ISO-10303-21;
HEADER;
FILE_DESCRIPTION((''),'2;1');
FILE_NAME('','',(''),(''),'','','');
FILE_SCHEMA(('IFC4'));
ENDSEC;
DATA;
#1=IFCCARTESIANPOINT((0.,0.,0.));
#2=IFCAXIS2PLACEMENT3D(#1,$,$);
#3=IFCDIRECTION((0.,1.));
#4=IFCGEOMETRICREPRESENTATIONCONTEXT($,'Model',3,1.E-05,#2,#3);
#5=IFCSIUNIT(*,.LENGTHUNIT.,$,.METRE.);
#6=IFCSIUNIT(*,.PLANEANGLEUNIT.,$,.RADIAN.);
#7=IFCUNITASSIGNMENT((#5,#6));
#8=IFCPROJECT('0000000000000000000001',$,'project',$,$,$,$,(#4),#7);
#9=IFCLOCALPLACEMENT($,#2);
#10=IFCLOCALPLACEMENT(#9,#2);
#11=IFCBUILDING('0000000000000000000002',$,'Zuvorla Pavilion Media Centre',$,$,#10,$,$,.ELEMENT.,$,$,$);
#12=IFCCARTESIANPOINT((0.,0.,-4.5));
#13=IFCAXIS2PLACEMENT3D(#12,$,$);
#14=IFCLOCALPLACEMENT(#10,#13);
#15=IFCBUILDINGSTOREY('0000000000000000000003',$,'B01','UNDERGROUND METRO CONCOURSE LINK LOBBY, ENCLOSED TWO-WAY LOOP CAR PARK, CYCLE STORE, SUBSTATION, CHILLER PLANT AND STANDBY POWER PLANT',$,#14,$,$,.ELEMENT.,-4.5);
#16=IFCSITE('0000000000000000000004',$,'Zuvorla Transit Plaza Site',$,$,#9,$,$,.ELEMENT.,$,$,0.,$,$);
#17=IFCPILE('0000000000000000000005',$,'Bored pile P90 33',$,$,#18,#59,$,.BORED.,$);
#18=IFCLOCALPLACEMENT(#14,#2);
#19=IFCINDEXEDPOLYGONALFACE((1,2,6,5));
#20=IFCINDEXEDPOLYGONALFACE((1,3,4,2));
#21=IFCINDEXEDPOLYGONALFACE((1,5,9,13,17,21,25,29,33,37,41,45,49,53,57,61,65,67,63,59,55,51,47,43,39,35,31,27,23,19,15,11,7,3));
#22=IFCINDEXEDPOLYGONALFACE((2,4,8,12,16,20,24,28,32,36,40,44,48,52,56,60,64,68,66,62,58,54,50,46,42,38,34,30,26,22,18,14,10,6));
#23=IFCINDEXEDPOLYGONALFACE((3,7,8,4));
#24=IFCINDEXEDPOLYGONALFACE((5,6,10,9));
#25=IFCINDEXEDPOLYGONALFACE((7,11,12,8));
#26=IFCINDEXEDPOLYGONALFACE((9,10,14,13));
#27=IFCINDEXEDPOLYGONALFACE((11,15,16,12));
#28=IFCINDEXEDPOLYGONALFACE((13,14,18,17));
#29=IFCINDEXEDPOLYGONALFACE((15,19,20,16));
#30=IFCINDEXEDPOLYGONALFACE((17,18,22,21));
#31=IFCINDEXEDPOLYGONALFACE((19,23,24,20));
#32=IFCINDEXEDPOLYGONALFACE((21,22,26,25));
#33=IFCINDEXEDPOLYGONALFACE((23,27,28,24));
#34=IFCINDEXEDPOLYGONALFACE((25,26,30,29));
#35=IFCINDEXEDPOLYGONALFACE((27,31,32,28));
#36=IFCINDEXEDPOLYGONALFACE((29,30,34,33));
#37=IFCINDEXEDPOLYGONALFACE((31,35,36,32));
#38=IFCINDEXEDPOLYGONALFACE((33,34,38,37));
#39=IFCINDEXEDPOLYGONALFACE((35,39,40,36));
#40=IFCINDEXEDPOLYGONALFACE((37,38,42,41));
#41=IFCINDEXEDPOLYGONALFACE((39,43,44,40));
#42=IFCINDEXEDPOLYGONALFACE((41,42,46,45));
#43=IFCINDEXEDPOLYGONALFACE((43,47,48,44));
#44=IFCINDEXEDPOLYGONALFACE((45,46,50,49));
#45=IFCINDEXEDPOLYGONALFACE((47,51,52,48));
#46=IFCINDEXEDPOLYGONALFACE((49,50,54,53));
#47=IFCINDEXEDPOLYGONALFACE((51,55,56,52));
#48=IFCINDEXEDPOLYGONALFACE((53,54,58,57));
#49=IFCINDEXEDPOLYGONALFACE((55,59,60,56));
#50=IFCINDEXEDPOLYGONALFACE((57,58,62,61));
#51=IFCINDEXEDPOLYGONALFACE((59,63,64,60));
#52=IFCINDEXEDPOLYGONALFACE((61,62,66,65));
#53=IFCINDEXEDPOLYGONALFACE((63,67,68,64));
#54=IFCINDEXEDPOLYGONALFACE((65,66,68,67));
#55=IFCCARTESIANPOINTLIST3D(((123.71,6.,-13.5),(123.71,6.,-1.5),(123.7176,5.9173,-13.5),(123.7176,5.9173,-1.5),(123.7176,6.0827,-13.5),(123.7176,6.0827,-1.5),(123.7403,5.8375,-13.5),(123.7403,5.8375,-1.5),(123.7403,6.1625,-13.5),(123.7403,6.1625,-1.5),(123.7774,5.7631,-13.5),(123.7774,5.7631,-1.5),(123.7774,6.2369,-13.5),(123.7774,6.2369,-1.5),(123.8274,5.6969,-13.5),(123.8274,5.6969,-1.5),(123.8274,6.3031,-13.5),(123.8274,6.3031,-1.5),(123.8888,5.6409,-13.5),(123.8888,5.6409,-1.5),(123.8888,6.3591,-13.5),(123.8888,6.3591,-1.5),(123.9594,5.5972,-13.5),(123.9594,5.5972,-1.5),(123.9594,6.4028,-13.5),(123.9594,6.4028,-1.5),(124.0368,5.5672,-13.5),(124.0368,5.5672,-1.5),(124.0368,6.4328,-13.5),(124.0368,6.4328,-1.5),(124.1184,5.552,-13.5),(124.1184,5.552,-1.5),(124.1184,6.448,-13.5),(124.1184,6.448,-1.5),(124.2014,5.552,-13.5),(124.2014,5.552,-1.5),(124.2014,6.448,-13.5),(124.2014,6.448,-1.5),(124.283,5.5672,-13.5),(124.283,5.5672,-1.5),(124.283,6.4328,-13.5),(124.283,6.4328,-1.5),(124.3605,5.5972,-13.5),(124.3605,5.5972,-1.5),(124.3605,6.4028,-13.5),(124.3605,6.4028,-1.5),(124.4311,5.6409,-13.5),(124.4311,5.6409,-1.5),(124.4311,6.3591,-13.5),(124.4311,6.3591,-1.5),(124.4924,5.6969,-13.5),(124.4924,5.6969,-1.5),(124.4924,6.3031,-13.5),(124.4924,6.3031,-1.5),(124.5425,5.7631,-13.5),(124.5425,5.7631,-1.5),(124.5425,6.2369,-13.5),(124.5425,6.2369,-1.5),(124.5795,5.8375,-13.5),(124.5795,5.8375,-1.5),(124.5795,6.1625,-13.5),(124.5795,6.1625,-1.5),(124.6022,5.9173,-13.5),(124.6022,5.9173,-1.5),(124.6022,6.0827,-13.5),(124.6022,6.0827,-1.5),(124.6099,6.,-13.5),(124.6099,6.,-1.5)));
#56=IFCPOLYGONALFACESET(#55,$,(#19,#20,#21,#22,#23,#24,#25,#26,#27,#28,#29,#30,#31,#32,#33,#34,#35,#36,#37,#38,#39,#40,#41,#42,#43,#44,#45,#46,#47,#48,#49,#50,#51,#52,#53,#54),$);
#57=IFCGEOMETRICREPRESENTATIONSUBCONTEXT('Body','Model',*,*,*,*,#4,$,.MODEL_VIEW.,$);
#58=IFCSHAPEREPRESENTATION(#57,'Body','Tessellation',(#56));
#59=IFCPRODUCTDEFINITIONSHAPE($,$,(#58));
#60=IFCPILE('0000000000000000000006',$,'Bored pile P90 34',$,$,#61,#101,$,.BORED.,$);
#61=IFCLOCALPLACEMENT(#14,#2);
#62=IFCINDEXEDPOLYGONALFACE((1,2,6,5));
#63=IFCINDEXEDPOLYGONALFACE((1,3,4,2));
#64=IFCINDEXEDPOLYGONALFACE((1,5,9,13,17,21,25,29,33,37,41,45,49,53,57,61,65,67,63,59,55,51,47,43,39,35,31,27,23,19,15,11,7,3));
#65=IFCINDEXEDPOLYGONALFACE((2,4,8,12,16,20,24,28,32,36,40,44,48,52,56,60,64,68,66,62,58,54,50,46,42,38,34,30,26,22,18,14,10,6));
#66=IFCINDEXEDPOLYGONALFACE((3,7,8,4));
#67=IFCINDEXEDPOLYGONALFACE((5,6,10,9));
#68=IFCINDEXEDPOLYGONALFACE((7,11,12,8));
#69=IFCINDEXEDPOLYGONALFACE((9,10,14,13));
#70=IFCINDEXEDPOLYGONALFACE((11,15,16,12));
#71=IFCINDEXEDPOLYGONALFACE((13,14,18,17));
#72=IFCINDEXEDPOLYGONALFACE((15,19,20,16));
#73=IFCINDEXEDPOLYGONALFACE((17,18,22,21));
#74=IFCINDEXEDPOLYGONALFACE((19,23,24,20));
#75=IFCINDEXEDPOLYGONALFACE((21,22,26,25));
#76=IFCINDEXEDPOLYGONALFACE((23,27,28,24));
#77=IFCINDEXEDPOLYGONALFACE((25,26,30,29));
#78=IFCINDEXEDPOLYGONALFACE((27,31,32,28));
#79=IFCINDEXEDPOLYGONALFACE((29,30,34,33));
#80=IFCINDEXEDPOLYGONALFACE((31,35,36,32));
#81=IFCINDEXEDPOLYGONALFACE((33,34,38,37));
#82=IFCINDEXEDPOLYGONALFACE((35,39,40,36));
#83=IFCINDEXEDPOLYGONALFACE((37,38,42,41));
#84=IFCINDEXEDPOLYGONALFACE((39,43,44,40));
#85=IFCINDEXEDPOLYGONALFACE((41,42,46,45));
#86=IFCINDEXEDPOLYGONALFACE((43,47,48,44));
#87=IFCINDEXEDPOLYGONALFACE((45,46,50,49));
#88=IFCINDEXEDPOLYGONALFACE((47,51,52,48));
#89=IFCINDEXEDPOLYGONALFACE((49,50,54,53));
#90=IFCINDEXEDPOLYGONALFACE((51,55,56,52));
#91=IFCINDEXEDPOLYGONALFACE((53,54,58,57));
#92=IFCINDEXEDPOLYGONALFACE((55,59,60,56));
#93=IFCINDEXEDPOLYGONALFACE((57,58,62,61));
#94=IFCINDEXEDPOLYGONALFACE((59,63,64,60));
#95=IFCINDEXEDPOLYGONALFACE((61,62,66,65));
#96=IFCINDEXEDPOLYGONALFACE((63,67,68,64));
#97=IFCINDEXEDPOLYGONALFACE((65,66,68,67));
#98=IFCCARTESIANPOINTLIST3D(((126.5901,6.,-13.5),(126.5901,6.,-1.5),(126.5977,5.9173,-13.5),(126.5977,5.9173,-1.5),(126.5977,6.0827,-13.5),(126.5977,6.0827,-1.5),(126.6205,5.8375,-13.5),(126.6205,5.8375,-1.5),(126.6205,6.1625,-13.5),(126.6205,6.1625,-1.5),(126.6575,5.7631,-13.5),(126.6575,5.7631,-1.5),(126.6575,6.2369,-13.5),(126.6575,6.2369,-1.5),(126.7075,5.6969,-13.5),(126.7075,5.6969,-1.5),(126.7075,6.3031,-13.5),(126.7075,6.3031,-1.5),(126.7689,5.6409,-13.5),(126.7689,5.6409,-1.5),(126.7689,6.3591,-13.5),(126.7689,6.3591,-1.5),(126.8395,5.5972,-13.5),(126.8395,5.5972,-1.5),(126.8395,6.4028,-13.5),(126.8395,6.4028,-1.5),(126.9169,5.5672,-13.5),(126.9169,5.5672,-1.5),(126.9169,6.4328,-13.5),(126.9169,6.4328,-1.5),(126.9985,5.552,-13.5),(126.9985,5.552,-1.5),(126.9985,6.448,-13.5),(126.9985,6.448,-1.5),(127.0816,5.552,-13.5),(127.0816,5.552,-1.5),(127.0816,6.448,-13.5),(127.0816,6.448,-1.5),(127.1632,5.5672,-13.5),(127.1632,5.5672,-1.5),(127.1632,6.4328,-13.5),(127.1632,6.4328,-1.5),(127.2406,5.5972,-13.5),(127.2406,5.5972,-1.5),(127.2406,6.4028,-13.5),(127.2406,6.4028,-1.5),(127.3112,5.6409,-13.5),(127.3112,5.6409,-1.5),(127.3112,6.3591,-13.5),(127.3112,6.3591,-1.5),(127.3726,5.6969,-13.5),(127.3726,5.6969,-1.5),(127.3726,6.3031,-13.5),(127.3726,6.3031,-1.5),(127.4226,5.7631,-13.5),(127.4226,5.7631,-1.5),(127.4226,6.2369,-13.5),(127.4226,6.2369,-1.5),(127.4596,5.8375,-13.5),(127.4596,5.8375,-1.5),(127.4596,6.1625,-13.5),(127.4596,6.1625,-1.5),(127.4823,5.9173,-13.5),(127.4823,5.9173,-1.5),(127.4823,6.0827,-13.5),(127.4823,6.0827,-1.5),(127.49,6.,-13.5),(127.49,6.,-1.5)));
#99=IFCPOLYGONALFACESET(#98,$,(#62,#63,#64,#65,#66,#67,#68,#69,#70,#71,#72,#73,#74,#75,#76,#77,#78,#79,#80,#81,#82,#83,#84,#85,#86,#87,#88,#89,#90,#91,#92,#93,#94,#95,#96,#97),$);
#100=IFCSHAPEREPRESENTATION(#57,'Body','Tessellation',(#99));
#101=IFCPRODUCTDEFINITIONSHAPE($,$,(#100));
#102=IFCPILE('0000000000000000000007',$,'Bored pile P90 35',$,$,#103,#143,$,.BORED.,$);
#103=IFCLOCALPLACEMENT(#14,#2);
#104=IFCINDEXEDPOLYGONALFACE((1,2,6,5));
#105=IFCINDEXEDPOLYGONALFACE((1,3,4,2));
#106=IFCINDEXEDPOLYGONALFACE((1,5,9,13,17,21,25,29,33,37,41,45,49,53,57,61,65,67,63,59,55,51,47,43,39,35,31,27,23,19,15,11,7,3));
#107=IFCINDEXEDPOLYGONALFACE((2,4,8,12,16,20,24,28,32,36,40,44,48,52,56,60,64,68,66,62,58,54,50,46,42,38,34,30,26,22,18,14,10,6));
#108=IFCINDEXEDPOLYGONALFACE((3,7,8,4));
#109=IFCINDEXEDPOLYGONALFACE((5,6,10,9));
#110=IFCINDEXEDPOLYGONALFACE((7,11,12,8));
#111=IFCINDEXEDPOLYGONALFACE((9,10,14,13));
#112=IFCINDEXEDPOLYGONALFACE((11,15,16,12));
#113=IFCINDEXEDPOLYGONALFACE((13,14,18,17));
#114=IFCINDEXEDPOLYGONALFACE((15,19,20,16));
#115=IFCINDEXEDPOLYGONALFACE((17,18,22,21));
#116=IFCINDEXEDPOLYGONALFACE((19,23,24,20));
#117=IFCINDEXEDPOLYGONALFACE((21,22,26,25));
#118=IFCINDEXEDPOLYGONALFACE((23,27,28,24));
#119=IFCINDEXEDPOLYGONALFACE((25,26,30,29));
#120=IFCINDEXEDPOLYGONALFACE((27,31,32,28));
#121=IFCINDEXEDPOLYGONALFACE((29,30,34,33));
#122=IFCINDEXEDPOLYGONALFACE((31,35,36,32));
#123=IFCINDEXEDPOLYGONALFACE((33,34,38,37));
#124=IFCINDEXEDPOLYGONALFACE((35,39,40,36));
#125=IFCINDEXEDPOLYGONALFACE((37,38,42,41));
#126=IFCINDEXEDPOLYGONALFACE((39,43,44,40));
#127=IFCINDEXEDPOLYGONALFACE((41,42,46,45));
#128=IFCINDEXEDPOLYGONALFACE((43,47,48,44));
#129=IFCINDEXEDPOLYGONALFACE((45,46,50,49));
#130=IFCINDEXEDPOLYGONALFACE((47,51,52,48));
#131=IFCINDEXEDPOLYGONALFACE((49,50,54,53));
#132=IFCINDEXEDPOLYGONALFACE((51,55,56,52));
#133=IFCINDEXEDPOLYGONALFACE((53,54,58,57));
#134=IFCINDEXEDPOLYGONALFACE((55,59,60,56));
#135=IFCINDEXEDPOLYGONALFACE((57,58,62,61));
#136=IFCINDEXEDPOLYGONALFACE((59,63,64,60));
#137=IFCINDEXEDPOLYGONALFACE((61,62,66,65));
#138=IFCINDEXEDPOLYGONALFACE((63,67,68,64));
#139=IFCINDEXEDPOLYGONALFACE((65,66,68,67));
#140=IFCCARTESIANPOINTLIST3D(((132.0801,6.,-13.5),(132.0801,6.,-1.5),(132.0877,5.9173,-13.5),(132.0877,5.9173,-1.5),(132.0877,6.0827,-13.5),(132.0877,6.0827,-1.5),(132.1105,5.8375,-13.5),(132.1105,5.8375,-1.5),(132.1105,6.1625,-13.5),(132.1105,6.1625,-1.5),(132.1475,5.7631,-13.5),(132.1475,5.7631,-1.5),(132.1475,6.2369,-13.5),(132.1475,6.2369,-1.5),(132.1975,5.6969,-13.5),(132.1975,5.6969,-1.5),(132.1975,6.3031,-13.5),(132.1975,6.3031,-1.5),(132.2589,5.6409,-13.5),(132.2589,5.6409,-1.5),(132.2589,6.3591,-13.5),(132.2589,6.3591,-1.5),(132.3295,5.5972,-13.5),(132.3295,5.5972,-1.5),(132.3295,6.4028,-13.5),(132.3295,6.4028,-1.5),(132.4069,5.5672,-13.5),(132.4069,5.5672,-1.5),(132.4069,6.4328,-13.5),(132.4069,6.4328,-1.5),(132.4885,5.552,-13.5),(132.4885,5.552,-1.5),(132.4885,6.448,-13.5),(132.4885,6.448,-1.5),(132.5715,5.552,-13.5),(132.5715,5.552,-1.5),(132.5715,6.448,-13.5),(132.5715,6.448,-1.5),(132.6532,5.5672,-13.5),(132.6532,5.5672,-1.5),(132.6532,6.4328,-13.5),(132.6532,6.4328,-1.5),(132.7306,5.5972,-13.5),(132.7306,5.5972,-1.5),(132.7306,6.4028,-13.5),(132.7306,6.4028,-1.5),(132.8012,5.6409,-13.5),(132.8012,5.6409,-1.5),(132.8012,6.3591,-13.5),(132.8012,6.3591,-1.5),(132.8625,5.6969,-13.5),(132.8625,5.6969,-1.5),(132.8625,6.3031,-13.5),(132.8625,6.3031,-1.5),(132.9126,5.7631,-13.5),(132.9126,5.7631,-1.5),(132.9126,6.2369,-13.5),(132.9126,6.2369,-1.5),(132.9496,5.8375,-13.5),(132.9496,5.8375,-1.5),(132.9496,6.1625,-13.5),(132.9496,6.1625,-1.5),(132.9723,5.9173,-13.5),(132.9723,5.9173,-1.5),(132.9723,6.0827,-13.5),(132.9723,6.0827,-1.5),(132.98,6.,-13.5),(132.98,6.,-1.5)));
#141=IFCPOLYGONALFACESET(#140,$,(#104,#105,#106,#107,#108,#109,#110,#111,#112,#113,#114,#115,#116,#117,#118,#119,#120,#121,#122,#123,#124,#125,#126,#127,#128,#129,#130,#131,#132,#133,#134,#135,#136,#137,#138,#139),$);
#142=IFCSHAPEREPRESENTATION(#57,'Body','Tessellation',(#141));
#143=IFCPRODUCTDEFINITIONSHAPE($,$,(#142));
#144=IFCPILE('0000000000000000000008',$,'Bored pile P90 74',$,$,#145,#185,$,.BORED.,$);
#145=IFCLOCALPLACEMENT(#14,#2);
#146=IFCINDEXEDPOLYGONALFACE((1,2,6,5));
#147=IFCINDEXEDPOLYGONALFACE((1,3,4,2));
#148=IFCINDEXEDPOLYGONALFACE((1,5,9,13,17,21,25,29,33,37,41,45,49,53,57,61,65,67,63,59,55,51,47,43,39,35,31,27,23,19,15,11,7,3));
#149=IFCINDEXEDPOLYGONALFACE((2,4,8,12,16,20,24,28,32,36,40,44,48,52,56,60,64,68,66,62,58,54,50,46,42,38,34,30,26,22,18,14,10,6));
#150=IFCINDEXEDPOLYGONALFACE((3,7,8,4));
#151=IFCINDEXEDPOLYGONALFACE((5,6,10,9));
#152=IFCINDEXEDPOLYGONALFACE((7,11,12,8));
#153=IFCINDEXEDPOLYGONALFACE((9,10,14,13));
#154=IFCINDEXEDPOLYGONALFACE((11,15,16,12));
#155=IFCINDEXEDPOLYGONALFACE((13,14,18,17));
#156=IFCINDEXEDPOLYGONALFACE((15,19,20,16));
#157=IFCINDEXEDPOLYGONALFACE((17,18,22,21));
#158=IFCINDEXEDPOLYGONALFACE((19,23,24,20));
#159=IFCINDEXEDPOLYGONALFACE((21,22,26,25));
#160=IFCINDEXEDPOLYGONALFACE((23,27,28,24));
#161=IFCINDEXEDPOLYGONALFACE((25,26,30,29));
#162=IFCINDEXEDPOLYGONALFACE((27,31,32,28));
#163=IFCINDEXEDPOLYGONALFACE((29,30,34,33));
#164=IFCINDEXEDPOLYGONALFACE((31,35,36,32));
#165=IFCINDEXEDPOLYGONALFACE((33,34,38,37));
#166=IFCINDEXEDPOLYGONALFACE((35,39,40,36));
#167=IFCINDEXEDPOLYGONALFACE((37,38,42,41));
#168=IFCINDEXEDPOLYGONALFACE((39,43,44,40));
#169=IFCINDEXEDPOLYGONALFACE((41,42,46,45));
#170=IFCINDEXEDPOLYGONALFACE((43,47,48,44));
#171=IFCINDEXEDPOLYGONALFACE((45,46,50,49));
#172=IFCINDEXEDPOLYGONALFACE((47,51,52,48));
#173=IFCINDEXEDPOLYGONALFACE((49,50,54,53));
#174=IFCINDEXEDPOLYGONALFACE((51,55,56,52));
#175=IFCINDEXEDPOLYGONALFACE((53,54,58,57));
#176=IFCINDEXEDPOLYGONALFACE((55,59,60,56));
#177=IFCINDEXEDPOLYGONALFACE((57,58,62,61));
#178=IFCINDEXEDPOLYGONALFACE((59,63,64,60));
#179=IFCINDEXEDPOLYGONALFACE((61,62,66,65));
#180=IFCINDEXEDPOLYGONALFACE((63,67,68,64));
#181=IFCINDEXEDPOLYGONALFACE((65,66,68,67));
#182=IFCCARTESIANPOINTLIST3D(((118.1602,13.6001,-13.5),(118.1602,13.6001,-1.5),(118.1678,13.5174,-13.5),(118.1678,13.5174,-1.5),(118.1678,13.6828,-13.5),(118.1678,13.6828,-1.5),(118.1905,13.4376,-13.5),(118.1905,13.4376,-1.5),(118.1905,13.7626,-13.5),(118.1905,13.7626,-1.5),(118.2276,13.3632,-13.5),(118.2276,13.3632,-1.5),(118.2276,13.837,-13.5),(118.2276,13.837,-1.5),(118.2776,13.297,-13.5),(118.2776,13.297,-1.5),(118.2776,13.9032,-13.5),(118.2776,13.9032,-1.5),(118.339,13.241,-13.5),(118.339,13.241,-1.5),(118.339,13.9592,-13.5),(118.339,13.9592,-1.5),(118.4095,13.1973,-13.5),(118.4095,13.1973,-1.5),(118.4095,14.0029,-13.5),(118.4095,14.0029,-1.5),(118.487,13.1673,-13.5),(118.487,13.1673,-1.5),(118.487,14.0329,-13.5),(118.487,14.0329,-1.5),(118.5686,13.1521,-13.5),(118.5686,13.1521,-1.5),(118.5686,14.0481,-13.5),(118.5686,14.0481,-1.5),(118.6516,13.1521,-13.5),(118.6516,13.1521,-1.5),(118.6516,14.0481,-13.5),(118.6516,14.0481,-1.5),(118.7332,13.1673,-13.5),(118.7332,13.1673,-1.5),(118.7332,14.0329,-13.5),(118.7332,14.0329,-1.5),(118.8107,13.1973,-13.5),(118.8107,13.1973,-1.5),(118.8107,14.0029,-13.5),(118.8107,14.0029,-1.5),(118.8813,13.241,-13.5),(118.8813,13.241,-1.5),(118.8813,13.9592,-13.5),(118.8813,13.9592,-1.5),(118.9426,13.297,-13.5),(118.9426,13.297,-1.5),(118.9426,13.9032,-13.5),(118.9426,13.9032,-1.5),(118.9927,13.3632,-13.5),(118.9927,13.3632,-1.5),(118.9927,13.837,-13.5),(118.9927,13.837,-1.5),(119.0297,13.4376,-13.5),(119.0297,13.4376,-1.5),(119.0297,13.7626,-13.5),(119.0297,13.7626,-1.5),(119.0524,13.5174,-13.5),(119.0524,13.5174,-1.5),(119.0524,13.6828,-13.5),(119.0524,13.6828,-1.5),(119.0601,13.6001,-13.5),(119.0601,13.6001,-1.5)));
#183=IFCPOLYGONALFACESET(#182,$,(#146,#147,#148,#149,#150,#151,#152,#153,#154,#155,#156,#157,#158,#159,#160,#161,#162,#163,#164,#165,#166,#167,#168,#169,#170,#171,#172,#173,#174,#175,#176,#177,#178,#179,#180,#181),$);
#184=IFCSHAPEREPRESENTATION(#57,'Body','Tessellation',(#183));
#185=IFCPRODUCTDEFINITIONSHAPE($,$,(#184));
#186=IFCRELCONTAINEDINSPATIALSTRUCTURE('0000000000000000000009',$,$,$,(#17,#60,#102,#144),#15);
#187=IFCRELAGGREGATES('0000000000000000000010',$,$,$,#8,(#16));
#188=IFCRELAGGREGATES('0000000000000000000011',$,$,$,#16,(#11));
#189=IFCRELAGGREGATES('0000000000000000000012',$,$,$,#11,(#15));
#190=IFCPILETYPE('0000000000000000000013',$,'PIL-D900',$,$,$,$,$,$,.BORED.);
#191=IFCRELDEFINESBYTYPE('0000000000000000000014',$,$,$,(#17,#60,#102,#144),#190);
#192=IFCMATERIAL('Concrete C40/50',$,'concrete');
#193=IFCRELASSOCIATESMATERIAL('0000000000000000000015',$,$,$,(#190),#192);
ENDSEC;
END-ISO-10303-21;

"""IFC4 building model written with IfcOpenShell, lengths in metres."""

from ifc_helpers import new_model, si_unit, direction, frame, origin, origin_2d, place, context, subcontext, project, spatial, circle, extrude, material, material_profile, profile_set, type_object, element, save


model = new_model("IFC4")

# Units and contexts
model_context = context("Model", 3, precision=1e-05, world=origin(), true_north=direction((0.0, 1.0)))
body_context = subcontext(model_context, "Body", "Model", "MODEL_VIEW")
ifc_project = project(units=[si_unit("LENGTHUNIT", "METRE"), si_unit("PLANEANGLEUNIT", "RADIAN")], contexts=[model_context])

# Site, building, storey
site_placement = place(None, origin())
site = spatial("IfcSite", under=ifc_project, at=site_placement, Name="Zuvorla Transit Plaza Site", CompositionType="ELEMENT", RefElevation=0.0)
building_placement = place(site_placement, origin())
building = spatial("IfcBuilding", under=site, at=building_placement, Name="Zuvorla Pavilion Media Centre", CompositionType="ELEMENT")
storey_placement = place(building_placement, frame((0.0, 0.0, -4.5)))
storey = spatial("IfcBuildingStorey", under=building, at=storey_placement, Name="B01", Description="UNDERGROUND METRO CONCOURSE LINK LOBBY, ENCLOSED TWO-WAY LOOP CAR PARK, CYCLE STORE, SUBSTATION, CHILLER PLANT AND STANDBY POWER PLANT", CompositionType="ELEMENT", Elevation=-4.5)

# Shared definitions
ifc_material = material(Name="Concrete C40/50", Category="concrete")

# Piles
ifc_material_profile_1 = material_profile(ifc_material, circle(Radius=0.45, at=origin_2d()), Name="BORED PILE 900")
ifc_profile_set_1 = profile_set([ifc_material_profile_1], Name="Concrete C40/50")
pile_type = type_object("IfcPileType", Name="PIL-D900", PredefinedType="BORED", material=ifc_profile_set_1)
for number, where, z_axis, x_axis, name in (
    (1, (124.1599, 6.0, -1.5), (0.0, 0.0, -1.0), (1.0, 0.0, 0.0), "Bored pile P90 33"),
    (2, (127.04, 6.0, -1.5), (0.0, 0.0, -1.0), (1.0, 0.0, 0.0), "Bored pile P90 34"),
    (3, (132.53, 6.0, -1.5), (0.0, 0.0, -1.0), (1.0, 0.0, 0.0), "Bored pile P90 35"),
    (4, (118.6101, 13.6001, -1.5), (0.0, 0.0, -1.0), (1.0, 0.0, 0.0), "Bored pile P90 74"),
):
    element("IfcPile", number, at=place(storey_placement, frame(where, z_axis=z_axis, x_axis=x_axis)), inside=storey, type_object=pile_type, Name=name, PredefinedType="BORED", context=body_context, shape_type="SweptSolid", body=[
        extrude(circle(Radius=0.45, at=origin_2d()), origin(), (0.0, 0.0, 1.0), 12.0),
    ])

save(model, "model.ifc")
